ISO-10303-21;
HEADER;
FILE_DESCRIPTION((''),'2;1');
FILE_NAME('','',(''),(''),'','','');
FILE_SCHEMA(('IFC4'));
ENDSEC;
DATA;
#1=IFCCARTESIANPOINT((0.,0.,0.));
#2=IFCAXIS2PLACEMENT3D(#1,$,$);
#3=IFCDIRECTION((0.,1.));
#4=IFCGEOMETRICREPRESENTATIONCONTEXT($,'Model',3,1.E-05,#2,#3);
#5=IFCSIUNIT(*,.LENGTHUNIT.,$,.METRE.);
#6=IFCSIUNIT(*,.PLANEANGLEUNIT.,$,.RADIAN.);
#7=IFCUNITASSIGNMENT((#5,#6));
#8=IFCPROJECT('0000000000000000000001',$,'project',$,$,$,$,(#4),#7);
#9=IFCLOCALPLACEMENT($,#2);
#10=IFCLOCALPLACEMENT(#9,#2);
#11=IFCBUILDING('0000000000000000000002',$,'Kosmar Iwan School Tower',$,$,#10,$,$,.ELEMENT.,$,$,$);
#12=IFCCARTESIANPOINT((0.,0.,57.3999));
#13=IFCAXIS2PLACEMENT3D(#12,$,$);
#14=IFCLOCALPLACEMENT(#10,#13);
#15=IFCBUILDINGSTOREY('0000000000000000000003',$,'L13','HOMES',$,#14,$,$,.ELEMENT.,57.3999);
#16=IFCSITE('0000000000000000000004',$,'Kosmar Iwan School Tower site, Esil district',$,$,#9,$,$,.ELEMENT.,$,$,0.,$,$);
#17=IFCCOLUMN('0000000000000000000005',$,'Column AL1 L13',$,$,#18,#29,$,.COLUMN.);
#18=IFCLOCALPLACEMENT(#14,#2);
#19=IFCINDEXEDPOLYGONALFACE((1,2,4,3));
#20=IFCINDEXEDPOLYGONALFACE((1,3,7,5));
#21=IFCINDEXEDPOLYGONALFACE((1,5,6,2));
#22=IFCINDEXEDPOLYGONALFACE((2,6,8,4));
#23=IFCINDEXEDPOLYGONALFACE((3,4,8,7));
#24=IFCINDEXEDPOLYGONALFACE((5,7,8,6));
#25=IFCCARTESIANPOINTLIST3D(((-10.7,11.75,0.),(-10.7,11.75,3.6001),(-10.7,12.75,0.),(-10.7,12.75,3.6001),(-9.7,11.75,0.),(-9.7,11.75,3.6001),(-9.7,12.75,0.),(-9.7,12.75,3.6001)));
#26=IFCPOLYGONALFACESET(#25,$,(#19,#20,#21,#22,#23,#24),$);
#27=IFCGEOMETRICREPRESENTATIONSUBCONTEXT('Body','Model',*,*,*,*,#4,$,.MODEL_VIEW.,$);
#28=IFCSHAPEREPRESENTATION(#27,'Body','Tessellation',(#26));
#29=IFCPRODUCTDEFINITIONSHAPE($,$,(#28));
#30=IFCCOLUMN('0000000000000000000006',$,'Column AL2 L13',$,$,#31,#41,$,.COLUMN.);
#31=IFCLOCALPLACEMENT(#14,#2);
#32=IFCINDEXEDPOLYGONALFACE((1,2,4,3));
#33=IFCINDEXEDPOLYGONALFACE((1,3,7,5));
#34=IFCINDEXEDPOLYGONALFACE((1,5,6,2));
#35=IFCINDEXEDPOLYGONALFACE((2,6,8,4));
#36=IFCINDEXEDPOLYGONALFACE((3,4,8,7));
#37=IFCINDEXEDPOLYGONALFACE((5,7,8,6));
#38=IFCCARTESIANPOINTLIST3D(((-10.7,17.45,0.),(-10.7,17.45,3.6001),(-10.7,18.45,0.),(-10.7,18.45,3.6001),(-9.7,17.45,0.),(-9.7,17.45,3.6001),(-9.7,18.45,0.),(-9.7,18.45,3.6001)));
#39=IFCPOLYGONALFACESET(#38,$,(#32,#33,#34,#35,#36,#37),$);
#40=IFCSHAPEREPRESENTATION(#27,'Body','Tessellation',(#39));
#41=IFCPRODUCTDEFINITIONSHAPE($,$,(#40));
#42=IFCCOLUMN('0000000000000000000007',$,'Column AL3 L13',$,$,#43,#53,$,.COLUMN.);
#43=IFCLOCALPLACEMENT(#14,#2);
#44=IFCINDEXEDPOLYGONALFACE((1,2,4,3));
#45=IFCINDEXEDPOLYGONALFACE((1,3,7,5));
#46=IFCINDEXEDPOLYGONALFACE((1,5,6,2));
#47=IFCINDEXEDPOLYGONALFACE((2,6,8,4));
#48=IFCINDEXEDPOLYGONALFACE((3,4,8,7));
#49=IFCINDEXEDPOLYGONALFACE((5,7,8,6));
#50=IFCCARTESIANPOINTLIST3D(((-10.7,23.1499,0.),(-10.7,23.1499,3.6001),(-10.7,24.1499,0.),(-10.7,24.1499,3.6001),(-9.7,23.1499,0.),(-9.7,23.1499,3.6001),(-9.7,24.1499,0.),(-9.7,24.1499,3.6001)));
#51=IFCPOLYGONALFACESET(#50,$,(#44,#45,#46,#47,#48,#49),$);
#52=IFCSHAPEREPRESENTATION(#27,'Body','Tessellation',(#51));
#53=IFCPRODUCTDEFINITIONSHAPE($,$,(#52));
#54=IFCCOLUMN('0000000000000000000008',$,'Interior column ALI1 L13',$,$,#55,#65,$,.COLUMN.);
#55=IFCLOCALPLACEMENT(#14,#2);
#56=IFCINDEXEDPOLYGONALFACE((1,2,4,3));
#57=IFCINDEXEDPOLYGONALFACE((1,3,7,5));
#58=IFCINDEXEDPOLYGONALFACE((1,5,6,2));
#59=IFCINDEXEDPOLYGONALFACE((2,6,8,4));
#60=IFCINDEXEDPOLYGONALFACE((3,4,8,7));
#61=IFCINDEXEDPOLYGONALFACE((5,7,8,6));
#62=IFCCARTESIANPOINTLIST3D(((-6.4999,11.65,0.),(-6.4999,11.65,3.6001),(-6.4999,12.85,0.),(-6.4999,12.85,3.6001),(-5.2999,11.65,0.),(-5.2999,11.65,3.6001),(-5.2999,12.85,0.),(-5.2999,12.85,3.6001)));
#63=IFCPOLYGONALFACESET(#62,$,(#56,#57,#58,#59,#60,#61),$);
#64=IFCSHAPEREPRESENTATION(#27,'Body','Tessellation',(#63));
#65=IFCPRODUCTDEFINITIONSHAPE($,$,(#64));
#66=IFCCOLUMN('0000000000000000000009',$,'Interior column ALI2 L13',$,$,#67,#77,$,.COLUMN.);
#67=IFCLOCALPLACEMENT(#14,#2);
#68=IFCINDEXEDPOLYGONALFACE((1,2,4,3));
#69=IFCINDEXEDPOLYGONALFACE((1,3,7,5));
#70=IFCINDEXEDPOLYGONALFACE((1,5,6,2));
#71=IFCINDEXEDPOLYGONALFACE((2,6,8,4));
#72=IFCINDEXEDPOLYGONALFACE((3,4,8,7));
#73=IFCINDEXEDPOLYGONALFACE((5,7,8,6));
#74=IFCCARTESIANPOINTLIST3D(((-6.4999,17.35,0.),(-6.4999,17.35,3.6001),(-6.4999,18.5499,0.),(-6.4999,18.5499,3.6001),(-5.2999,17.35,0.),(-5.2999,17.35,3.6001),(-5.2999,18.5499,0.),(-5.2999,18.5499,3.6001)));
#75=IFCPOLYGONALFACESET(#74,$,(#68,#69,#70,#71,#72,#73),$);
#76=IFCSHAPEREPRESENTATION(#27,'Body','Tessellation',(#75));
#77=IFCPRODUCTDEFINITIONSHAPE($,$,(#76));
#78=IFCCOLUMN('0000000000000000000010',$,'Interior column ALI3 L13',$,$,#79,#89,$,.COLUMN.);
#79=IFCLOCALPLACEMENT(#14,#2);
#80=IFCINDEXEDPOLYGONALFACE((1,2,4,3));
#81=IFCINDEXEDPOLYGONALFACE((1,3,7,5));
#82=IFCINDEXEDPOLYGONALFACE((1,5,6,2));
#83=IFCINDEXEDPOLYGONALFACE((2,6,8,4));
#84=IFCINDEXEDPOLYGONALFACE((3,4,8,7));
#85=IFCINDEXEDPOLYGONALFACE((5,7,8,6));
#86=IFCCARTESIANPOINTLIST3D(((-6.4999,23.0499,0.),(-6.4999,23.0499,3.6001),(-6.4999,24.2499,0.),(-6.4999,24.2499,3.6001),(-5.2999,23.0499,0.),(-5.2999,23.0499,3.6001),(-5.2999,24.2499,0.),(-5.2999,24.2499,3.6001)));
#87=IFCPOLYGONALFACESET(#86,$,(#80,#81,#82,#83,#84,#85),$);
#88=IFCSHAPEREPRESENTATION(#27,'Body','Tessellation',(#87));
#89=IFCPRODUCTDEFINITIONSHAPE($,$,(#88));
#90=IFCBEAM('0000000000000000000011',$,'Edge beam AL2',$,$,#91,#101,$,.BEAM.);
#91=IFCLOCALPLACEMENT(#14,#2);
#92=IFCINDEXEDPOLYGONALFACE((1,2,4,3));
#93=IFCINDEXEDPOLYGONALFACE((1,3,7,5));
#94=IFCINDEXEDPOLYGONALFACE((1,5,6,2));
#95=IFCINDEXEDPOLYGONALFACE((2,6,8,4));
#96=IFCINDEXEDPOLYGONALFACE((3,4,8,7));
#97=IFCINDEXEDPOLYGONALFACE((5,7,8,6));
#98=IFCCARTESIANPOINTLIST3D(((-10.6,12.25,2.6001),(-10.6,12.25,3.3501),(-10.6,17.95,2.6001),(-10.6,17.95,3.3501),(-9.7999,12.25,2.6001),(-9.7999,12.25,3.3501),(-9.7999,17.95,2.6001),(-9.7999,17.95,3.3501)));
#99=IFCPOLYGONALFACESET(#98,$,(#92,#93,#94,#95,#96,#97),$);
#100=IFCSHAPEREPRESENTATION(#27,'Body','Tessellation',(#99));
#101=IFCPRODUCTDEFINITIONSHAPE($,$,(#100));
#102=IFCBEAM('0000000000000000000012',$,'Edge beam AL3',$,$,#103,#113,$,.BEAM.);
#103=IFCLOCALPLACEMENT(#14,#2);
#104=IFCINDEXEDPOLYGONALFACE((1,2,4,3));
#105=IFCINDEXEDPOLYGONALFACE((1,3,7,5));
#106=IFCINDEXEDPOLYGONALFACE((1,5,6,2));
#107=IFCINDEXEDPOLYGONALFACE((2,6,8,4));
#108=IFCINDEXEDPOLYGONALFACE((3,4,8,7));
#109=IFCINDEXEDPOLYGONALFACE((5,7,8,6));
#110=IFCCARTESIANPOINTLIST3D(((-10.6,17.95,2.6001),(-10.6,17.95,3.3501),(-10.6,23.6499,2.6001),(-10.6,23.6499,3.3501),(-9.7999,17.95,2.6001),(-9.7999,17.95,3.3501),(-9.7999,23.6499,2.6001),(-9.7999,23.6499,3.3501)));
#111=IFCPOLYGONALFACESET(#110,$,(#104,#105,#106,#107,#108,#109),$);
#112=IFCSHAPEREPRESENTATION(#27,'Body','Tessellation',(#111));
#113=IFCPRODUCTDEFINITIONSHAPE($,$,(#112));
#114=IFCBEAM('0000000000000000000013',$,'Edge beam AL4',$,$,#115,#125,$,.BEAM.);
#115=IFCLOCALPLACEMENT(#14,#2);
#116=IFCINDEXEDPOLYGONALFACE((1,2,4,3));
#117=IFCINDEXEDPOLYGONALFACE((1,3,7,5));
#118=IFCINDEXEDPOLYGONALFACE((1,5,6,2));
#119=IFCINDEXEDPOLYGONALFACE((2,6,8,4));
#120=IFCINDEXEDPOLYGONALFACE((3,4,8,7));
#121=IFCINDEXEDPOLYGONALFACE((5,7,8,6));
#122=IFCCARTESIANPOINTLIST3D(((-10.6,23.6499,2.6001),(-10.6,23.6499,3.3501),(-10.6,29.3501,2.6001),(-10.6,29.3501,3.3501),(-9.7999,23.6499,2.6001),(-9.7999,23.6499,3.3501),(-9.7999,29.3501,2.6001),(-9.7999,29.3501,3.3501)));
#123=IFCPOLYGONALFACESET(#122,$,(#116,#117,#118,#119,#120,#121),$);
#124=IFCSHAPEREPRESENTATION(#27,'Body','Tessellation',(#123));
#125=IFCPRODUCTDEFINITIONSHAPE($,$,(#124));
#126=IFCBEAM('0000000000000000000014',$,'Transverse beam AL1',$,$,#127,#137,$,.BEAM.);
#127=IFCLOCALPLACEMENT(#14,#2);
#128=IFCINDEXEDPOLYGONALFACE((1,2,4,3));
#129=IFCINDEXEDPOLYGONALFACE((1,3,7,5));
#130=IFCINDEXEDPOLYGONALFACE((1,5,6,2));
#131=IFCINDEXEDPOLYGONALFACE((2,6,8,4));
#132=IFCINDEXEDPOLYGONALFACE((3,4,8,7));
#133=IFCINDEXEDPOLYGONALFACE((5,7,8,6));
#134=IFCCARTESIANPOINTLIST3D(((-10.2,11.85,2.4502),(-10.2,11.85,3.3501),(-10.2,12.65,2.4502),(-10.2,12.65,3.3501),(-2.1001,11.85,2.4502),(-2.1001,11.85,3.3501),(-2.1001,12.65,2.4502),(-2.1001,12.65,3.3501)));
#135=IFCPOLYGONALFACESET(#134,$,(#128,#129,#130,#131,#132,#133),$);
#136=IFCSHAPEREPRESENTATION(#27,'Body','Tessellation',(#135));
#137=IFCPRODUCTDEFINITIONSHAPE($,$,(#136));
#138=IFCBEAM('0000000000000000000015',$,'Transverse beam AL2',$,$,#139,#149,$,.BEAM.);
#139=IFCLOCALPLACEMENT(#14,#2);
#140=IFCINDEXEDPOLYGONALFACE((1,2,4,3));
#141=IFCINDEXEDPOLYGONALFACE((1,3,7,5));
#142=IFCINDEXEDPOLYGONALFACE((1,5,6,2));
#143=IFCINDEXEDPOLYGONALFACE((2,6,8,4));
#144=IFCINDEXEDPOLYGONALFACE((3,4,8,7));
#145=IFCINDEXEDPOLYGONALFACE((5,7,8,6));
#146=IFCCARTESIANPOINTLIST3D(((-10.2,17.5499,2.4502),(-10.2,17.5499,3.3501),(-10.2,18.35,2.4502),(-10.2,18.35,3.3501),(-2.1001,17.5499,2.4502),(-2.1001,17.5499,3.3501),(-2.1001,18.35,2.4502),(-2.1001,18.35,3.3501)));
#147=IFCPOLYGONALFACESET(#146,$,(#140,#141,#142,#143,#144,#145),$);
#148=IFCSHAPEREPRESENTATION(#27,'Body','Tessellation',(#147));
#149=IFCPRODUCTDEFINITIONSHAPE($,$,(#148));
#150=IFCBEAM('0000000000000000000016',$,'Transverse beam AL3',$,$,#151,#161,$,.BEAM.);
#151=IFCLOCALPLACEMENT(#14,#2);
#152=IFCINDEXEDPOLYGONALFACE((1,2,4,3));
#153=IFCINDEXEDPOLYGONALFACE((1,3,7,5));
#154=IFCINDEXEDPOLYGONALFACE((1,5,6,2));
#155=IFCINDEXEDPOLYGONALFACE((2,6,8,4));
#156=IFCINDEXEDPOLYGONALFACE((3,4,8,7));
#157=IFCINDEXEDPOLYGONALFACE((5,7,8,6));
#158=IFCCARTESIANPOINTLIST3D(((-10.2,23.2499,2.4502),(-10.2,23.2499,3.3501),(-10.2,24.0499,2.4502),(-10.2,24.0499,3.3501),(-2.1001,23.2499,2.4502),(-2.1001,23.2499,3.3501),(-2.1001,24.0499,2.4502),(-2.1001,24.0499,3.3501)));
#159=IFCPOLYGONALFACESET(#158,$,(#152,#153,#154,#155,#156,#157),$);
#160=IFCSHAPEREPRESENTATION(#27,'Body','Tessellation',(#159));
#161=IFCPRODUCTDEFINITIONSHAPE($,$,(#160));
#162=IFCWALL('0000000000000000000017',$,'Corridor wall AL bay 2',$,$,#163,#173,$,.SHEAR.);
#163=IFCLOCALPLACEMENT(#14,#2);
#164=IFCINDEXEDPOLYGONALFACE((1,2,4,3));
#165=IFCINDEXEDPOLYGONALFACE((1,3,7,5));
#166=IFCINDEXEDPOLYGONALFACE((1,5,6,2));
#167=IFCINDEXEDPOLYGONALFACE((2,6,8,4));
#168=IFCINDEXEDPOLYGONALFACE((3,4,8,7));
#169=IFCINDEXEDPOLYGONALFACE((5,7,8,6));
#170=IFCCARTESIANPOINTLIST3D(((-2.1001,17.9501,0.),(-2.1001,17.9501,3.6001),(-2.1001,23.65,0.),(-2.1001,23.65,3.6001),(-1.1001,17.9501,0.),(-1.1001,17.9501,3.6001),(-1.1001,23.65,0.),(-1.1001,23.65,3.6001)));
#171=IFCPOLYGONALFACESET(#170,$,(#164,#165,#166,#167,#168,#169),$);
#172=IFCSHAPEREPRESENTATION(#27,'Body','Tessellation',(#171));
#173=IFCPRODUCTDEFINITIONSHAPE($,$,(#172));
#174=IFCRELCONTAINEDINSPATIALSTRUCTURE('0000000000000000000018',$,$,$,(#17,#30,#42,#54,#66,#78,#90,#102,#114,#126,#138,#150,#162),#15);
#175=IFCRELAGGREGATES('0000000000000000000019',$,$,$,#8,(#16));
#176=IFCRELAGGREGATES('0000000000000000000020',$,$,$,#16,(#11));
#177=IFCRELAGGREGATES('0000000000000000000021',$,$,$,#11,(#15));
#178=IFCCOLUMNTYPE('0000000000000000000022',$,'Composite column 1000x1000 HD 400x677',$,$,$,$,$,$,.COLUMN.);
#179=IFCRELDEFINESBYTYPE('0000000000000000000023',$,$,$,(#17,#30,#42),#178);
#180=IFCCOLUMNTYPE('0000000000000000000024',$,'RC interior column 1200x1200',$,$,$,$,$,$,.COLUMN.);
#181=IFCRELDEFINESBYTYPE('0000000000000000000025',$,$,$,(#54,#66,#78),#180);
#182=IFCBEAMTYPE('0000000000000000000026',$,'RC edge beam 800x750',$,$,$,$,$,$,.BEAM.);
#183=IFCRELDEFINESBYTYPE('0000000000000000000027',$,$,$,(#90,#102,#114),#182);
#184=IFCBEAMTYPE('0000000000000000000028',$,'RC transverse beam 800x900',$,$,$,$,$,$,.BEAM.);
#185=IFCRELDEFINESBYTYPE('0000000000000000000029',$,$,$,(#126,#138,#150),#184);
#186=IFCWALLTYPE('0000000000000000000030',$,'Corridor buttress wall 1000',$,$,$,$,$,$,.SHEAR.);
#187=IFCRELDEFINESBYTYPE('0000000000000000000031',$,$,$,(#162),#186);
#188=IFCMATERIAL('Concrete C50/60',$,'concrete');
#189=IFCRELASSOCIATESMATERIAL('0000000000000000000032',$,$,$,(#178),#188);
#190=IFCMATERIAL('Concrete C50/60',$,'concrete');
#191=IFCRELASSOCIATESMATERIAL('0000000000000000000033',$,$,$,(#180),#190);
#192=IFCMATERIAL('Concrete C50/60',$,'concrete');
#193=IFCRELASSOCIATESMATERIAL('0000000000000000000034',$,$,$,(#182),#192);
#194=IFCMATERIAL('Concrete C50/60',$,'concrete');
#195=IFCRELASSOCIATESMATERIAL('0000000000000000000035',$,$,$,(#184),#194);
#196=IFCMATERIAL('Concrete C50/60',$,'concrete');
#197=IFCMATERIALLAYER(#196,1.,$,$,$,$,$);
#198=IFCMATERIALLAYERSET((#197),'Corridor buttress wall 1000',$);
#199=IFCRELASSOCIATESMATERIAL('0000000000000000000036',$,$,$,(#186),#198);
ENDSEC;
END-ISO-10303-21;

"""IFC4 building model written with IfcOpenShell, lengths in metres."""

from ifc_helpers import new_model, si_unit, direction, frame, frame_2d, origin, origin_2d, place, context, subcontext, project, spatial, rectangle, extrude, material, layer, layer_set, material_profile, profile_set, type_object, element, save


model = new_model("IFC4")

# Units and contexts
model_context = context("Model", 3, precision=1e-05, world=origin(), true_north=direction((0.0, 1.0)))
body_context = subcontext(model_context, "Body", "Model", "MODEL_VIEW")
ifc_project = project(units=[si_unit("LENGTHUNIT", "METRE"), si_unit("PLANEANGLEUNIT", "RADIAN")], contexts=[model_context])

# Site, building, storey
site_placement = place(None, origin())
site = spatial("IfcSite", under=ifc_project, at=site_placement, Name="Kosmar Iwan School Tower site, Esil district", CompositionType="ELEMENT", RefElevation=0.0)
building_placement = place(site_placement, origin())
building = spatial("IfcBuilding", under=site, at=building_placement, Name="Kosmar Iwan School Tower", CompositionType="ELEMENT")
storey_placement = place(building_placement, frame((0.0, 0.0, 57.3999)))
storey = spatial("IfcBuildingStorey", under=building, at=storey_placement, Name="L13", Description="HOMES", CompositionType="ELEMENT", Elevation=57.3999)

# Columns
ifc_material_1 = material(Name="Concrete C50/60", Category="concrete")
ifc_material_profile_1 = material_profile(ifc_material_1, rectangle(XDim=1.0, YDim=1.0, at=origin_2d()), Name="RC 1000x1000 + HD 400x677")
ifc_profile_set_1 = profile_set([ifc_material_profile_1], Name="Concrete C50/60")
column_type_1 = type_object("IfcColumnType", Name="Composite column 1000x1000 HD 400x677", PredefinedType="COLUMN", material=ifc_profile_set_1)
for number, where, z_axis, x_axis, name in (
    (1, (-10.2, 12.25, 0.0), (0.0, 0.0, 1.0), (0.0, 1.0, 0.0), "Column AL1 L13"),
    (2, (-10.2, 17.95, 0.0), (0.0, 0.0, 1.0), (0.0, 1.0, 0.0), "Column AL2 L13"),
    (3, (-10.2, 23.6499, 0.0), (0.0, 0.0, 1.0), (0.0, 1.0, 0.0), "Column AL3 L13"),
):
    element("IfcColumn", number, at=place(storey_placement, frame(where, z_axis=z_axis, x_axis=x_axis)), inside=storey, type_object=column_type_1, Name=name, PredefinedType="COLUMN", context=body_context, shape_type="SweptSolid", body=[
        extrude(rectangle(XDim=1.0, YDim=1.0, at=origin_2d()), origin(), (0.0, 0.0, 1.0), 3.6001),
    ])
ifc_material_2 = material(Name="Concrete C50/60", Category="concrete")
ifc_material_profile_2 = material_profile(ifc_material_2, rectangle(XDim=1.2, YDim=1.2, at=origin_2d()), Name="RC 1200x1200")
ifc_profile_set_2 = profile_set([ifc_material_profile_2], Name="Concrete C50/60")
column_type_2 = type_object("IfcColumnType", Name="RC interior column 1200x1200", PredefinedType="COLUMN", material=ifc_profile_set_2)
for number, where, z_axis, x_axis, name in (
    (4, (-5.8999, 12.25, 0.0), (0.0, 0.0, 1.0), (0.0, 1.0, 0.0), "Interior column ALI1 L13"),
    (5, (-5.8999, 17.95, 0.0), (0.0, 0.0, 1.0), (0.0, 1.0, 0.0), "Interior column ALI2 L13"),
    (6, (-5.8999, 23.6499, 0.0), (0.0, 0.0, 1.0), (0.0, 1.0, 0.0), "Interior column ALI3 L13"),
):
    element("IfcColumn", number, at=place(storey_placement, frame(where, z_axis=z_axis, x_axis=x_axis)), inside=storey, type_object=column_type_2, Name=name, PredefinedType="COLUMN", context=body_context, shape_type="SweptSolid", body=[
        extrude(rectangle(XDim=1.2, YDim=1.2, at=origin_2d()), origin(), (0.0, 0.0, 1.0), 3.6001),
    ])

# Beams
ifc_material_3 = material(Name="Concrete C50/60", Category="concrete")
ifc_material_profile_3 = material_profile(ifc_material_3, rectangle(XDim=0.8, YDim=0.75, at=origin_2d()), Name="RC 800x750")
ifc_profile_set_3 = profile_set([ifc_material_profile_3], Name="Concrete C50/60")
beam_type_1 = type_object("IfcBeamType", Name="RC edge beam 800x750", PredefinedType="BEAM", material=ifc_profile_set_3)
for number, where, z_axis, x_axis, name in (
    (7, (-10.2, 12.25, 2.9751), (0.0, 1.0, 0.0), (-1.0, 0.0, 0.0), "Edge beam AL2"),
    (8, (-10.2, 17.95, 2.9751), (0.0, 1.0, 0.0), (-1.0, 0.0, 0.0), "Edge beam AL3"),
):
    element("IfcBeam", number, at=place(storey_placement, frame(where, z_axis=z_axis, x_axis=x_axis)), inside=storey, type_object=beam_type_1, Name=name, PredefinedType="BEAM", context=body_context, shape_type="SweptSolid", body=[
        extrude(rectangle(XDim=0.8, YDim=0.75, at=origin_2d()), origin(), (0.0, 0.0, 1.0), 5.7),
    ])
beam_placement = place(storey_placement, frame((-10.2, 23.6499, 2.9751), z_axis=(0.0, 1.0, 0.0), x_axis=(-1.0, 0.0, 0.0)))
element("IfcBeam", 9, at=beam_placement, inside=storey, type_object=beam_type_1, Name="Edge beam AL4", PredefinedType="BEAM", context=body_context, shape_type="SweptSolid", body=[
    extrude(rectangle(XDim=0.8, YDim=0.75, at=origin_2d()), origin(), (0.0, 0.0, 1.0), 5.7002),
])
ifc_material_4 = material(Name="Concrete C50/60", Category="concrete")
ifc_material_profile_4 = material_profile(ifc_material_4, rectangle(XDim=0.8, YDim=0.8999, at=origin_2d()), Name="RC 800x900")
ifc_profile_set_4 = profile_set([ifc_material_profile_4], Name="Concrete C50/60")
beam_type_2 = type_object("IfcBeamType", Name="RC transverse beam 800x900", PredefinedType="BEAM", material=ifc_profile_set_4)
for number, where, z_axis, x_axis, name in (
    (10, (-10.2, 12.25, 2.9001), (1.0, 0.0, 0.0), (0.0, 1.0, 0.0), "Transverse beam AL1"),
    (11, (-10.2, 17.95, 2.9001), (1.0, 0.0, 0.0), (0.0, 1.0, 0.0), "Transverse beam AL2"),
    (12, (-10.2, 23.6499, 2.9001), (1.0, 0.0, 0.0), (0.0, 1.0, 0.0), "Transverse beam AL3"),
):
    element("IfcBeam", number, at=place(storey_placement, frame(where, z_axis=z_axis, x_axis=x_axis)), inside=storey, type_object=beam_type_2, Name=name, PredefinedType="BEAM", context=body_context, shape_type="SweptSolid", body=[
        extrude(rectangle(XDim=0.8, YDim=0.8999, at=origin_2d()), origin(), (0.0, 0.0, 1.0), 8.0999),
    ])

# Wall
ifc_material_5 = material(Name="Concrete C50/60", Category="concrete")
ifc_layer_1 = layer(ifc_material_5, 1.0)
ifc_layer_set_1 = layer_set([ifc_layer_1], Name="Corridor buttress wall 1000")
wall_type_1 = type_object("IfcWallType", Name="Corridor buttress wall 1000", PredefinedType="SHEAR", material=ifc_layer_set_1)
wall_1_placement = place(storey_placement, frame((-1.6001, 17.95, 0.0), z_axis=(0.0, 0.0, 1.0), x_axis=(0.0, 1.0, 0.0)))
element("IfcWall", 13, at=wall_1_placement, inside=storey, type_object=wall_type_1, Name="Corridor wall AL bay 2", PredefinedType="SHEAR", context=body_context, shape_type="SweptSolid", body=[
    extrude(rectangle(XDim=5.7, YDim=1.0, at=frame_2d((2.8501, 0.0))), origin(), (0.0, 0.0, 1.0), 3.6001),
])

save(model, "model.ifc")
